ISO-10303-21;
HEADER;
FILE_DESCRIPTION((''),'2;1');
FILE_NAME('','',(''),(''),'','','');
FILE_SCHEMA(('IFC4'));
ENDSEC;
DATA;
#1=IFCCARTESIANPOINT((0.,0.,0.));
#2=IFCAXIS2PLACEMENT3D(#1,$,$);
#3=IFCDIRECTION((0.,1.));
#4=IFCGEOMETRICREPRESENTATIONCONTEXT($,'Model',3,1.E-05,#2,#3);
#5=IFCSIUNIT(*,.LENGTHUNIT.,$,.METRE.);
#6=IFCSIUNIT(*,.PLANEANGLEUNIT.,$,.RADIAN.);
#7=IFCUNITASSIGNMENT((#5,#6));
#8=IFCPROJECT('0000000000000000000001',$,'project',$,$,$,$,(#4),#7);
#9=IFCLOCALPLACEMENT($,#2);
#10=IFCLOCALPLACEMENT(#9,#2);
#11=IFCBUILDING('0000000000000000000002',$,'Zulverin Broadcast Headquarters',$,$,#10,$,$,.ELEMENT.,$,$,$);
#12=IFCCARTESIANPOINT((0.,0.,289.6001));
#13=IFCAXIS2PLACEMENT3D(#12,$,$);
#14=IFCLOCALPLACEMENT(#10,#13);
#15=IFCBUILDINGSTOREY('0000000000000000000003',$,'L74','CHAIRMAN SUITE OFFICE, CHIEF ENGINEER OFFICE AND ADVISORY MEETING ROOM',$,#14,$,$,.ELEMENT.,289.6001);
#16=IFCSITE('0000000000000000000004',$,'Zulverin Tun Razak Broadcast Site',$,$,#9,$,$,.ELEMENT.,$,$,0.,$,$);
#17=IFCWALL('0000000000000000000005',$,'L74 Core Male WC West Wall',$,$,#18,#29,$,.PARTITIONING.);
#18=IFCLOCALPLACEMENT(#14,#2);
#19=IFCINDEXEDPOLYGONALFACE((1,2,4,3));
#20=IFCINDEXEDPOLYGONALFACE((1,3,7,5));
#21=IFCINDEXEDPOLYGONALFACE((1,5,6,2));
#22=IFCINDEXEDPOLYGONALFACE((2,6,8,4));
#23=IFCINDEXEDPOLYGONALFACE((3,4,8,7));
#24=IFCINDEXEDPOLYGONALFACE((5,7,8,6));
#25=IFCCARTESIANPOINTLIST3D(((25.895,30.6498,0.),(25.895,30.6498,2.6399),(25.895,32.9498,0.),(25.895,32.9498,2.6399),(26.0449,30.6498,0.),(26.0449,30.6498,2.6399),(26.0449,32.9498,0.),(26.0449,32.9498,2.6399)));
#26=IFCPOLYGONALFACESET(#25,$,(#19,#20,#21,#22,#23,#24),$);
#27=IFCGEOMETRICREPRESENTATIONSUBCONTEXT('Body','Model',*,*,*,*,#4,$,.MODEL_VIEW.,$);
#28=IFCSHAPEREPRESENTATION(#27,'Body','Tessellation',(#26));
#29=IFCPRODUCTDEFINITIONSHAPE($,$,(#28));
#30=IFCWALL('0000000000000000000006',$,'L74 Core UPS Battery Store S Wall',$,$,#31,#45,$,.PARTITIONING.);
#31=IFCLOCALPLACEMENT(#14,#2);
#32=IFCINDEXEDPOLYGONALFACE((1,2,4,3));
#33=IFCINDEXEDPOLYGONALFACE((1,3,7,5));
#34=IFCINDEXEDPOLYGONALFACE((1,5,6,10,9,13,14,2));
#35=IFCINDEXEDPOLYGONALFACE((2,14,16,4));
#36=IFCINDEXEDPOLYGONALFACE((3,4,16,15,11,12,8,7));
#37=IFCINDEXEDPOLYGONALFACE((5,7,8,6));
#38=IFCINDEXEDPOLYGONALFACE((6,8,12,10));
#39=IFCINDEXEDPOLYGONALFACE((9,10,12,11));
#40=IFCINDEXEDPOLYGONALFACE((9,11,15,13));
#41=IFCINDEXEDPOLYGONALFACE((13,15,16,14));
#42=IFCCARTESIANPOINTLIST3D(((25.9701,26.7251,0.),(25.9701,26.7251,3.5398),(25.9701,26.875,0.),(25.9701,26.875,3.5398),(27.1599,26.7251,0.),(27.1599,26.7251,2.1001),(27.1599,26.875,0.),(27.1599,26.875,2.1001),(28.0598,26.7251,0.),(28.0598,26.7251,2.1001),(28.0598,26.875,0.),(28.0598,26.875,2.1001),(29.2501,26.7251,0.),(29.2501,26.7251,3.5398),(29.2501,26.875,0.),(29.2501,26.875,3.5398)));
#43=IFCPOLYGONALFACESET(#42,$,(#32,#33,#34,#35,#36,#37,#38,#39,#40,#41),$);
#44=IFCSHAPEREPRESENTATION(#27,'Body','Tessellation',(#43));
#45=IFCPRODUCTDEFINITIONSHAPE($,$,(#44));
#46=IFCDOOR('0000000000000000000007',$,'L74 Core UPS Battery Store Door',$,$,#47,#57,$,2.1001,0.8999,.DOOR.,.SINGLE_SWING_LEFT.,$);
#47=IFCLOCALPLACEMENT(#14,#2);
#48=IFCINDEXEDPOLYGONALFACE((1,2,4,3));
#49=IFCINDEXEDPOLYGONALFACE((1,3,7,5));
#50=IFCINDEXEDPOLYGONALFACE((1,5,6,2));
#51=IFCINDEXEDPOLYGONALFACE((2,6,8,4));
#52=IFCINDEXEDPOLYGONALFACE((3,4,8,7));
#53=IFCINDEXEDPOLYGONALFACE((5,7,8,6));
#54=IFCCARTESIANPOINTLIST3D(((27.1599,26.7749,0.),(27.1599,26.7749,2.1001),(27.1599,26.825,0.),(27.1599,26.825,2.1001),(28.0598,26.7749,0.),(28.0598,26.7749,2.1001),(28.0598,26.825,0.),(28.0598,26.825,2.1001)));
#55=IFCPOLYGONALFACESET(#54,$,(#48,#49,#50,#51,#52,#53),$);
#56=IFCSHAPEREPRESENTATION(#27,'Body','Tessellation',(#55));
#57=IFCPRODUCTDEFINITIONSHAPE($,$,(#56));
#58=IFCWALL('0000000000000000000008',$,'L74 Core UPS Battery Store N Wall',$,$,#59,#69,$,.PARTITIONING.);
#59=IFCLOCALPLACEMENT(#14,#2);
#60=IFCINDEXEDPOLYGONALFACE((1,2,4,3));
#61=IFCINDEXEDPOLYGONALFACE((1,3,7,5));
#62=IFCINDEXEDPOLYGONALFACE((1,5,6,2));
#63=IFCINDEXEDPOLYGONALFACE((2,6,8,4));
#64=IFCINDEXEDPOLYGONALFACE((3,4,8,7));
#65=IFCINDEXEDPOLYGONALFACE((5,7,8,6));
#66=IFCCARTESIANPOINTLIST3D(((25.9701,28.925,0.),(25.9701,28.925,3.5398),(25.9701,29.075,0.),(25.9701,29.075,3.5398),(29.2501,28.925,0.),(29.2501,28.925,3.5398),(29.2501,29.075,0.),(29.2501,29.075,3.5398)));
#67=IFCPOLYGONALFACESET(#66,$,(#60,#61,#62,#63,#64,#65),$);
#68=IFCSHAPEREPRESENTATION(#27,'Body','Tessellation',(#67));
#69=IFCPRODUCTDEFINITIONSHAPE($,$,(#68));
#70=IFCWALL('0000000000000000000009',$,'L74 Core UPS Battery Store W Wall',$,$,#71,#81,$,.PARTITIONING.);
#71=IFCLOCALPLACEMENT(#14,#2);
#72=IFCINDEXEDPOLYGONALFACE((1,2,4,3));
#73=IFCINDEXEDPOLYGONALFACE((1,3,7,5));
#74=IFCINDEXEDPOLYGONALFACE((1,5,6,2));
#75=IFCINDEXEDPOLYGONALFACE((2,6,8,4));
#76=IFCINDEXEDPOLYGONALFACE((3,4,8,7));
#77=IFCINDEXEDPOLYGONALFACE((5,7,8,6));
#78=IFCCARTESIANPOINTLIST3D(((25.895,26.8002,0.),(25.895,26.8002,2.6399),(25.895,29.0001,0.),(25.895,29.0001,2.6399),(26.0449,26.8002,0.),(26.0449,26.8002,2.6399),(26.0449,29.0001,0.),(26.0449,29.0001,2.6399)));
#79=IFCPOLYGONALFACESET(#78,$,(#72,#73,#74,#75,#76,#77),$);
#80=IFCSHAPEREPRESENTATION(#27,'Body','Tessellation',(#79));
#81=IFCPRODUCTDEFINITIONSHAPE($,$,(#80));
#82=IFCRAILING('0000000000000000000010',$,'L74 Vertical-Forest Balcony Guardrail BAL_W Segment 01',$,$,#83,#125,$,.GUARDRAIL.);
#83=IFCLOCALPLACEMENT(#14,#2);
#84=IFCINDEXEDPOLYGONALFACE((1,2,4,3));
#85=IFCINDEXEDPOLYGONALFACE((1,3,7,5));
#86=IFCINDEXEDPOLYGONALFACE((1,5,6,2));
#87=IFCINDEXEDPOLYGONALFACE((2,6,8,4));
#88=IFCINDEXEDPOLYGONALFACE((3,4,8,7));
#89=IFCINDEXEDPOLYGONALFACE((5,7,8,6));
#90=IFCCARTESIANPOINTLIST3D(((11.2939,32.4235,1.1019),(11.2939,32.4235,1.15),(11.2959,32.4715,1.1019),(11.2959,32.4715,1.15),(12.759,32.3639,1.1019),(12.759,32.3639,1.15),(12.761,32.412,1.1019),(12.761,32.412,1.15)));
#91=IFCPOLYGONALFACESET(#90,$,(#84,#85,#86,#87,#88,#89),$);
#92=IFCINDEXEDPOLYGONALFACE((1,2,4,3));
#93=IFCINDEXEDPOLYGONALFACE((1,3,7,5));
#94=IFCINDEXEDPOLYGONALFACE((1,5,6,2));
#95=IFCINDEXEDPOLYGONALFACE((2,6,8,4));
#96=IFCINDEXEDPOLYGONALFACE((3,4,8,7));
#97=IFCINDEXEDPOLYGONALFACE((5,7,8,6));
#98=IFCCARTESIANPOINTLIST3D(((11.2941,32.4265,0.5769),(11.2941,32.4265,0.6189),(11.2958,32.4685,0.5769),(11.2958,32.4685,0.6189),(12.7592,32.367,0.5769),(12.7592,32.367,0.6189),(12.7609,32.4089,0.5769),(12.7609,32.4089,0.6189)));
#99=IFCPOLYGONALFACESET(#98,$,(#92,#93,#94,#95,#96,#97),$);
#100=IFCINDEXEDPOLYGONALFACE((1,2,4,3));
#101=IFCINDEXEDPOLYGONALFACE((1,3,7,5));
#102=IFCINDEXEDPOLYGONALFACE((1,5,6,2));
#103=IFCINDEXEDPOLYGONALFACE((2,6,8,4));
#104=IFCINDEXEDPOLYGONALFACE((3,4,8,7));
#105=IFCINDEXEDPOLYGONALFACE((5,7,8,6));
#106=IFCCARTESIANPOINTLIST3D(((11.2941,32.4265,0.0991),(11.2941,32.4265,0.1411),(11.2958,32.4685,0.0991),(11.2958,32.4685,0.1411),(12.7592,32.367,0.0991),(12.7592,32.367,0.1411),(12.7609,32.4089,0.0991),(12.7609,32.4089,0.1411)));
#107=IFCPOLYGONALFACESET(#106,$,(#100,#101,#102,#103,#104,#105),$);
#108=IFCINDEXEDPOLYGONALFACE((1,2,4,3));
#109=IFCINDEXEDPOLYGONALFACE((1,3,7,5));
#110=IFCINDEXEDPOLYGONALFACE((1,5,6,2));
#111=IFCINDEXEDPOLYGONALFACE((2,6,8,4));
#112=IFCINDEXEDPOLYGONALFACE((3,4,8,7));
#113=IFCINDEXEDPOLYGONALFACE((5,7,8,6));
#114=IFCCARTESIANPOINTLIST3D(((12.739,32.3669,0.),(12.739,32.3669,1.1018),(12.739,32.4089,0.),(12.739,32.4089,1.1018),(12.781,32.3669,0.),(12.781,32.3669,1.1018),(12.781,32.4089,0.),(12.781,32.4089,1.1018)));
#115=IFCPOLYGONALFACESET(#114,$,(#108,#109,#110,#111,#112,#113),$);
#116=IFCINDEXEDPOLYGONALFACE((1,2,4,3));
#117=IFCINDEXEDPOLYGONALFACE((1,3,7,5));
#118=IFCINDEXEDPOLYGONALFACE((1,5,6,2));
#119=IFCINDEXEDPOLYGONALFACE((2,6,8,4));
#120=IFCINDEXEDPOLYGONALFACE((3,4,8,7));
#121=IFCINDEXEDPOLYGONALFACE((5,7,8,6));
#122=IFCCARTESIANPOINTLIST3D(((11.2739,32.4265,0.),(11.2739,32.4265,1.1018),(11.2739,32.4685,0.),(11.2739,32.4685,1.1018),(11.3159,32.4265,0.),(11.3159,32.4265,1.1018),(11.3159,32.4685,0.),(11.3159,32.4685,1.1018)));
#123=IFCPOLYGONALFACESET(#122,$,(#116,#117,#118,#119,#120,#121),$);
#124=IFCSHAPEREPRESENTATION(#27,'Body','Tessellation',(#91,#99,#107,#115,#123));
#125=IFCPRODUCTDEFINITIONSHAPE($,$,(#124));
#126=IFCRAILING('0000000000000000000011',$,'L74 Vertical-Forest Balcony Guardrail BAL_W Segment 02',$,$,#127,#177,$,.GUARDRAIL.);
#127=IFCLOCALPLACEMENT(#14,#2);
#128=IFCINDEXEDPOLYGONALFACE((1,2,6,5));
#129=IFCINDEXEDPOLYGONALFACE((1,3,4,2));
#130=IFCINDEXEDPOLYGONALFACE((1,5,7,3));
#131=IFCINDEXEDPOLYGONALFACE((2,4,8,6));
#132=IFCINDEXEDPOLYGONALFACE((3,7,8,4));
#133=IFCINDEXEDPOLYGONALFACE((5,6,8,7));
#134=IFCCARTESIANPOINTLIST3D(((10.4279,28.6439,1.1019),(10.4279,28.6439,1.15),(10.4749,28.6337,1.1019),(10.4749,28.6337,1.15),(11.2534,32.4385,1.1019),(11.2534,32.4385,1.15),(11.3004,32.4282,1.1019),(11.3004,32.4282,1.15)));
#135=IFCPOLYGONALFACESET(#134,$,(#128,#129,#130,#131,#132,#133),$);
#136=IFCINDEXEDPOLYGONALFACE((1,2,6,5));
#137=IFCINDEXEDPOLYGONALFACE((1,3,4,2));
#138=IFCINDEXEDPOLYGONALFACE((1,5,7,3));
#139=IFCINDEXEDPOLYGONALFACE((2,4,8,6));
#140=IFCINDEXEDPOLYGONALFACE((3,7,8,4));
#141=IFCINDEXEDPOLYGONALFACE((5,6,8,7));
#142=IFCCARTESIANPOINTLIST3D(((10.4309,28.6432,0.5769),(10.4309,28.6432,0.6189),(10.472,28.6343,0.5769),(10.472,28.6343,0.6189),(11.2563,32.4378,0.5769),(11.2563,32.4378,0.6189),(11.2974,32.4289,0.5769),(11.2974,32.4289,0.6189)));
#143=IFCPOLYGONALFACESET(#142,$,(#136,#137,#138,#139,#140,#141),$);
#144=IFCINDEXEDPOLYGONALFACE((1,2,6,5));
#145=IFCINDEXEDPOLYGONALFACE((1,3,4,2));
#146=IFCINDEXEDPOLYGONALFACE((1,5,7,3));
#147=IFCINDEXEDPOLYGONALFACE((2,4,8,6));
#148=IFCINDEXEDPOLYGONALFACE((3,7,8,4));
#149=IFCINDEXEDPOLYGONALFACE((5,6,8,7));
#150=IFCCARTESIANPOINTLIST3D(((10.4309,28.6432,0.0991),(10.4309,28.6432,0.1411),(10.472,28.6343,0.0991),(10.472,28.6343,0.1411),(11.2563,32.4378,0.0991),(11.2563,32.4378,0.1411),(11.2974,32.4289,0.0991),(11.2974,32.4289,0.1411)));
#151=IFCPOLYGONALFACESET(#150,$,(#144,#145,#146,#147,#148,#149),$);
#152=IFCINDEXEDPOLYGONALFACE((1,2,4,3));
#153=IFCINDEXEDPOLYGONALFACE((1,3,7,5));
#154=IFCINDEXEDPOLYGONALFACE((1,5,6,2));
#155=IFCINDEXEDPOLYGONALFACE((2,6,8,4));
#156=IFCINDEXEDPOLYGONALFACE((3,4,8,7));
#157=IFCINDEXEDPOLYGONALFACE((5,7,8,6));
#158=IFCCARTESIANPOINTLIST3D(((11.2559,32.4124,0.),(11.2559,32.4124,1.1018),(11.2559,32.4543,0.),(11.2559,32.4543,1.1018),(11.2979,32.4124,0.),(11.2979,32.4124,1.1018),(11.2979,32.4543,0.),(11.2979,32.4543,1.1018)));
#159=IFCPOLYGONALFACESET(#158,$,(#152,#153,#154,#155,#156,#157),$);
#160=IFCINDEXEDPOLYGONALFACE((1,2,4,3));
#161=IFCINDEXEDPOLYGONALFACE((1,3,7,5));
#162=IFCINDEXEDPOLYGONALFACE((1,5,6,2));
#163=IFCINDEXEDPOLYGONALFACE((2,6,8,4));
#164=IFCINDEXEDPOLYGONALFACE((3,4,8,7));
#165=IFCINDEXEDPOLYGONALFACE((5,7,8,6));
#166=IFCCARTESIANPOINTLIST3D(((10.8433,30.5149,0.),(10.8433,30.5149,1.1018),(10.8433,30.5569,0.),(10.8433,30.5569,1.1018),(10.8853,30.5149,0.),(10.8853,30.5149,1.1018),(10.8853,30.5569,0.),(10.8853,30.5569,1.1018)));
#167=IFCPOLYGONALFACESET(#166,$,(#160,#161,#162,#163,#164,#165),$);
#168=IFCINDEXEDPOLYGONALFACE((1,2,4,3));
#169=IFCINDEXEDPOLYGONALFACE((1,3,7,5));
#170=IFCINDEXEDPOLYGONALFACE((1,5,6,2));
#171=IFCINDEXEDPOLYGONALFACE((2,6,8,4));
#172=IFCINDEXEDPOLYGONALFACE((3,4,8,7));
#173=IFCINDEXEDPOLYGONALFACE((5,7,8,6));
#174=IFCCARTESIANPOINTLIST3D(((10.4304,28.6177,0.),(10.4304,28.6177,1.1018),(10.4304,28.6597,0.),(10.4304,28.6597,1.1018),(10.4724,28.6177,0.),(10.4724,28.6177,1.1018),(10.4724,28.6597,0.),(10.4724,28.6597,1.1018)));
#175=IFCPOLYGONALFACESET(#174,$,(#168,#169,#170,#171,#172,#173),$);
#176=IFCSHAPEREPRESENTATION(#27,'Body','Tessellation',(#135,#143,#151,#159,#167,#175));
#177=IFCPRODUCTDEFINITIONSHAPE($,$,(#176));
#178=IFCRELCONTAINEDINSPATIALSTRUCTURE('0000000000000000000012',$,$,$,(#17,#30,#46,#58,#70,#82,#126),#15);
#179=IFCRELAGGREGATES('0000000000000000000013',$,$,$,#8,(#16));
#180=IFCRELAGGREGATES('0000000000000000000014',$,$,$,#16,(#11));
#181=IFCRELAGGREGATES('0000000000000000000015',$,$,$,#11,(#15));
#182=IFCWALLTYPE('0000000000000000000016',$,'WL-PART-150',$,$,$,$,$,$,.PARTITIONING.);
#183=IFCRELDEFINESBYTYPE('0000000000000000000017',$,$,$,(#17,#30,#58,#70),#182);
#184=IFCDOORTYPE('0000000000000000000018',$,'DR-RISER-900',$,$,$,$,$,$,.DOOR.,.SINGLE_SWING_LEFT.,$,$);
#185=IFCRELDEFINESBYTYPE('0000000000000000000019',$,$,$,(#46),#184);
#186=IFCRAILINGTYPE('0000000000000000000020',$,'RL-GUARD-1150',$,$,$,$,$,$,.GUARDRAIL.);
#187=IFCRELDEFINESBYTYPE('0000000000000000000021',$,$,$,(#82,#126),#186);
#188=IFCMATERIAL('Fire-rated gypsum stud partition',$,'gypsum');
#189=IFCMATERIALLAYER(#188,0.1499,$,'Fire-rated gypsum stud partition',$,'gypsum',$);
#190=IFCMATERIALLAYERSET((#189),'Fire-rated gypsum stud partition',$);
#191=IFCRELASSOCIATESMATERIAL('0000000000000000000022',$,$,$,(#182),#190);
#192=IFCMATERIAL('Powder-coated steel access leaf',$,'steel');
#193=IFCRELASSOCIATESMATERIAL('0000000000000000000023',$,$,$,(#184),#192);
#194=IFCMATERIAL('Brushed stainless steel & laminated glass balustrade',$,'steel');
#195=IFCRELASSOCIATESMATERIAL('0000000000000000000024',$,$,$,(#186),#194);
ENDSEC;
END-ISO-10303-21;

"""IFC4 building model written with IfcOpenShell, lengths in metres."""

from ifc_helpers import new_model, si_unit, direction, frame, frame_2d, origin, origin_2d, place, context, subcontext, project, spatial, rectangle, extrude, material, layer, layer_set, type_object, element, fill, save


model = new_model("IFC4")

# Units and contexts
model_context = context("Model", 3, precision=1e-05, world=origin(), true_north=direction((0.0, 1.0)))
body_context = subcontext(model_context, "Body", "Model", "MODEL_VIEW")
ifc_project = project(units=[si_unit("LENGTHUNIT", "METRE"), si_unit("PLANEANGLEUNIT", "RADIAN")], contexts=[model_context])

# Site, building, storey
site_placement = place(None, origin())
site = spatial("IfcSite", under=ifc_project, at=site_placement, Name="Zulverin Tun Razak Broadcast Site", CompositionType="ELEMENT", RefElevation=0.0)
building_placement = place(site_placement, origin())
building = spatial("IfcBuilding", under=site, at=building_placement, Name="Zulverin Broadcast Headquarters", CompositionType="ELEMENT")
storey_placement = place(building_placement, frame((0.0, 0.0, 289.6001)))
storey = spatial("IfcBuildingStorey", under=building, at=storey_placement, Name="L74", Description="CHAIRMAN SUITE OFFICE, CHIEF ENGINEER OFFICE AND ADVISORY MEETING ROOM", CompositionType="ELEMENT", Elevation=289.6001)

# Shared definitions
ifc_material_1 = material(Name="Fire-rated gypsum stud partition", Category="gypsum")
ifc_layer_1 = layer(ifc_material_1, 0.1499, Name="Fire-rated gypsum stud partition", Category="gypsum")
ifc_layer_set_1 = layer_set([ifc_layer_1], Name="Fire-rated gypsum stud partition")
wall_type_1 = type_object("IfcWallType", Name="WL-PART-150", PredefinedType="PARTITIONING", material=ifc_layer_set_1)

# Wall
wall_1_placement = place(storey_placement, frame((25.97, 30.6499, 0.0), z_axis=(0.0, 0.0, 1.0), x_axis=(0.0, 1.0, 0.0)))
element("IfcWall", 1, at=wall_1_placement, inside=storey, type_object=wall_type_1, Name="L74 Core Male WC West Wall", PredefinedType="PARTITIONING", context=body_context, shape_type="SweptSolid", body=[
    extrude(rectangle(XDim=2.3, YDim=0.1499, at=frame_2d((1.1499, 0.0))), origin(), (0.0, 0.0, 1.0), 2.6399),
])

# Wall, opening, door
wall_2_placement = place(storey_placement, frame((25.97, 26.8, 0.0), z_axis=(0.0, 0.0, 1.0), x_axis=(1.0, 0.0, 0.0)))
wall_2 = element("IfcWall", 2, at=wall_2_placement, inside=storey, type_object=wall_type_1, Name="L74 Core UPS Battery Store S Wall", PredefinedType="PARTITIONING", context=body_context, shape_type="SweptSolid", body=[
    extrude(rectangle(XDim=3.28, YDim=0.1499, at=frame_2d((1.6401, 0.0))), origin(), (0.0, 0.0, 1.0), 3.5398),
])
opening_1_placement = place(wall_2_placement, frame((1.1899, 0.0, 0.0)))
opening_1 = element("IfcOpeningElement", 3, at=opening_1_placement, cuts=wall_2, PredefinedType="OPENING", context=body_context, shape_type="SweptSolid", body=[
    extrude(rectangle(XDim=0.8999, YDim=2.1001, at=frame_2d((0.45, 1.05))), frame((0.0, 0.085, 0.0), z_axis=(0.0, -1.0, 0.0), x_axis=(1.0, 0.0, 0.0)), (0.0, 0.0, 1.0), 0.1699),
])
ifc_material_2 = material(Name="Powder-coated steel access leaf", Category="steel")
door_type_1 = type_object("IfcDoorType", Name="DR-RISER-900", OperationType="SINGLE_SWING_LEFT", PredefinedType="DOOR", material=ifc_material_2)
door_1_placement = place(opening_1_placement, origin())
door_1 = element("IfcDoor", 4, at=door_1_placement, inside=storey, type_object=door_type_1, Name="L74 Core UPS Battery Store Door", OperationType="SINGLE_SWING_LEFT", OverallHeight=2.1001, OverallWidth=0.8999, PredefinedType="DOOR", context=body_context, shape_type="SweptSolid", body=[
    extrude(rectangle(XDim=0.8999, YDim=2.1001, at=frame_2d((0.45, 1.05))), frame((0.0, 0.0249, 0.0), z_axis=(0.0, -1.0, 0.0), x_axis=(1.0, 0.0, 0.0)), (0.0, 0.0, 1.0), 0.05),
])
fill(opening_1, door_1)

# Walls
wall_3_placement = place(storey_placement, frame((25.97, 29.0, 0.0), z_axis=(0.0, 0.0, 1.0), x_axis=(1.0, 0.0, 0.0)))
element("IfcWall", 5, at=wall_3_placement, inside=storey, type_object=wall_type_1, Name="L74 Core UPS Battery Store N Wall", PredefinedType="PARTITIONING", context=body_context, shape_type="SweptSolid", body=[
    extrude(rectangle(XDim=3.28, YDim=0.1499, at=frame_2d((1.6401, 0.0))), origin(), (0.0, 0.0, 1.0), 3.5398),
])
wall_4_placement = place(storey_placement, frame((25.97, 26.8, 0.0), z_axis=(0.0, 0.0, 1.0), x_axis=(0.0, 1.0, 0.0)))
element("IfcWall", 6, at=wall_4_placement, inside=storey, type_object=wall_type_1, Name="L74 Core UPS Battery Store W Wall", PredefinedType="PARTITIONING", context=body_context, shape_type="SweptSolid", body=[
    extrude(rectangle(XDim=2.2, YDim=0.1499, at=frame_2d((1.1001, 0.0))), origin(), (0.0, 0.0, 1.0), 2.6399),
])

# Railings
ifc_material_3 = material(Name="Brushed stainless steel & laminated glass balustrade", Category="steel")
railing_type = type_object("IfcRailingType", Name="RL-GUARD-1150", PredefinedType="GUARDRAIL", material=ifc_material_3)
railing_1_placement = place(storey_placement, frame((12.76, 32.3879, 0.0)))
element("IfcRailing", 7, at=railing_1_placement, inside=storey, type_object=railing_type, Name="L74 Vertical-Forest Balcony Guardrail BAL_W Segment 01", PredefinedType="GUARDRAIL", context=body_context, shape_type="SweptSolid", body=[
    extrude(rectangle(XDim=0.0481, YDim=0.0481, at=origin_2d()), frame((0.0, 0.0, 1.126), z_axis=(-0.999174, 0.040626, 0.0), x_axis=(-0.040626, -0.999174, 0.0)), (0.0, 0.0, 1.0), 1.4663),
    extrude(rectangle(XDim=0.042, YDim=0.042, at=origin_2d()), frame((0.0, 0.0, 0.5979), z_axis=(-0.999174, 0.040626, 0.0), x_axis=(-0.040626, -0.999174, 0.0)), (0.0, 0.0, 1.0), 1.4663),
    extrude(rectangle(XDim=0.042, YDim=0.042, at=origin_2d()), frame((0.0, 0.0, 0.1201), z_axis=(-0.999174, 0.040626, 0.0), x_axis=(-0.040626, -0.999174, 0.0)), (0.0, 0.0, 1.0), 1.4663),
    extrude(rectangle(XDim=0.042, YDim=0.042, at=origin_2d()), origin(), (0.0, 0.0, 1.0), 1.1018),
    extrude(rectangle(XDim=0.042, YDim=0.042, at=origin_2d()), frame((-1.4651, 0.0596, 0.0)), (0.0, 0.0, 1.0), 1.1018),
])
railing_2_placement = place(storey_placement, frame((11.2769, 32.4333, 0.0)))
element("IfcRailing", 8, at=railing_2_placement, inside=storey, type_object=railing_type, Name="L74 Vertical-Forest Balcony Guardrail BAL_W Segment 02", PredefinedType="GUARDRAIL", context=body_context, shape_type="SweptSolid", body=[
    extrude(rectangle(XDim=0.0481, YDim=0.0481, at=origin_2d()), frame((0.0, 0.0, 1.126), z_axis=(-0.212555, -0.977149, 0.0), x_axis=(0.977149, -0.212555, 0.0)), (0.0, 0.0, 1.0), 3.8833),
    extrude(rectangle(XDim=0.042, YDim=0.042, at=origin_2d()), frame((0.0, 0.0, 0.5979), z_axis=(-0.212555, -0.977149, 0.0), x_axis=(0.977149, -0.212555, 0.0)), (0.0, 0.0, 1.0), 3.8833),
    extrude(rectangle(XDim=0.042, YDim=0.042, at=origin_2d()), frame((0.0, 0.0, 0.1201), z_axis=(-0.212555, -0.977149, 0.0), x_axis=(0.977149, -0.212555, 0.0)), (0.0, 0.0, 1.0), 3.8833),
    extrude(rectangle(XDim=0.042, YDim=0.042, at=origin_2d()), origin(), (0.0, 0.0, 1.0), 1.1018),
    extrude(rectangle(XDim=0.042, YDim=0.042, at=origin_2d()), frame((-0.4126, -1.8975, 0.0)), (0.0, 0.0, 1.0), 1.1018),
    extrude(rectangle(XDim=0.042, YDim=0.042, at=origin_2d()), frame((-0.8254, -3.7947, 0.0)), (0.0, 0.0, 1.0), 1.1018),
])

save(model, "model.ifc")
